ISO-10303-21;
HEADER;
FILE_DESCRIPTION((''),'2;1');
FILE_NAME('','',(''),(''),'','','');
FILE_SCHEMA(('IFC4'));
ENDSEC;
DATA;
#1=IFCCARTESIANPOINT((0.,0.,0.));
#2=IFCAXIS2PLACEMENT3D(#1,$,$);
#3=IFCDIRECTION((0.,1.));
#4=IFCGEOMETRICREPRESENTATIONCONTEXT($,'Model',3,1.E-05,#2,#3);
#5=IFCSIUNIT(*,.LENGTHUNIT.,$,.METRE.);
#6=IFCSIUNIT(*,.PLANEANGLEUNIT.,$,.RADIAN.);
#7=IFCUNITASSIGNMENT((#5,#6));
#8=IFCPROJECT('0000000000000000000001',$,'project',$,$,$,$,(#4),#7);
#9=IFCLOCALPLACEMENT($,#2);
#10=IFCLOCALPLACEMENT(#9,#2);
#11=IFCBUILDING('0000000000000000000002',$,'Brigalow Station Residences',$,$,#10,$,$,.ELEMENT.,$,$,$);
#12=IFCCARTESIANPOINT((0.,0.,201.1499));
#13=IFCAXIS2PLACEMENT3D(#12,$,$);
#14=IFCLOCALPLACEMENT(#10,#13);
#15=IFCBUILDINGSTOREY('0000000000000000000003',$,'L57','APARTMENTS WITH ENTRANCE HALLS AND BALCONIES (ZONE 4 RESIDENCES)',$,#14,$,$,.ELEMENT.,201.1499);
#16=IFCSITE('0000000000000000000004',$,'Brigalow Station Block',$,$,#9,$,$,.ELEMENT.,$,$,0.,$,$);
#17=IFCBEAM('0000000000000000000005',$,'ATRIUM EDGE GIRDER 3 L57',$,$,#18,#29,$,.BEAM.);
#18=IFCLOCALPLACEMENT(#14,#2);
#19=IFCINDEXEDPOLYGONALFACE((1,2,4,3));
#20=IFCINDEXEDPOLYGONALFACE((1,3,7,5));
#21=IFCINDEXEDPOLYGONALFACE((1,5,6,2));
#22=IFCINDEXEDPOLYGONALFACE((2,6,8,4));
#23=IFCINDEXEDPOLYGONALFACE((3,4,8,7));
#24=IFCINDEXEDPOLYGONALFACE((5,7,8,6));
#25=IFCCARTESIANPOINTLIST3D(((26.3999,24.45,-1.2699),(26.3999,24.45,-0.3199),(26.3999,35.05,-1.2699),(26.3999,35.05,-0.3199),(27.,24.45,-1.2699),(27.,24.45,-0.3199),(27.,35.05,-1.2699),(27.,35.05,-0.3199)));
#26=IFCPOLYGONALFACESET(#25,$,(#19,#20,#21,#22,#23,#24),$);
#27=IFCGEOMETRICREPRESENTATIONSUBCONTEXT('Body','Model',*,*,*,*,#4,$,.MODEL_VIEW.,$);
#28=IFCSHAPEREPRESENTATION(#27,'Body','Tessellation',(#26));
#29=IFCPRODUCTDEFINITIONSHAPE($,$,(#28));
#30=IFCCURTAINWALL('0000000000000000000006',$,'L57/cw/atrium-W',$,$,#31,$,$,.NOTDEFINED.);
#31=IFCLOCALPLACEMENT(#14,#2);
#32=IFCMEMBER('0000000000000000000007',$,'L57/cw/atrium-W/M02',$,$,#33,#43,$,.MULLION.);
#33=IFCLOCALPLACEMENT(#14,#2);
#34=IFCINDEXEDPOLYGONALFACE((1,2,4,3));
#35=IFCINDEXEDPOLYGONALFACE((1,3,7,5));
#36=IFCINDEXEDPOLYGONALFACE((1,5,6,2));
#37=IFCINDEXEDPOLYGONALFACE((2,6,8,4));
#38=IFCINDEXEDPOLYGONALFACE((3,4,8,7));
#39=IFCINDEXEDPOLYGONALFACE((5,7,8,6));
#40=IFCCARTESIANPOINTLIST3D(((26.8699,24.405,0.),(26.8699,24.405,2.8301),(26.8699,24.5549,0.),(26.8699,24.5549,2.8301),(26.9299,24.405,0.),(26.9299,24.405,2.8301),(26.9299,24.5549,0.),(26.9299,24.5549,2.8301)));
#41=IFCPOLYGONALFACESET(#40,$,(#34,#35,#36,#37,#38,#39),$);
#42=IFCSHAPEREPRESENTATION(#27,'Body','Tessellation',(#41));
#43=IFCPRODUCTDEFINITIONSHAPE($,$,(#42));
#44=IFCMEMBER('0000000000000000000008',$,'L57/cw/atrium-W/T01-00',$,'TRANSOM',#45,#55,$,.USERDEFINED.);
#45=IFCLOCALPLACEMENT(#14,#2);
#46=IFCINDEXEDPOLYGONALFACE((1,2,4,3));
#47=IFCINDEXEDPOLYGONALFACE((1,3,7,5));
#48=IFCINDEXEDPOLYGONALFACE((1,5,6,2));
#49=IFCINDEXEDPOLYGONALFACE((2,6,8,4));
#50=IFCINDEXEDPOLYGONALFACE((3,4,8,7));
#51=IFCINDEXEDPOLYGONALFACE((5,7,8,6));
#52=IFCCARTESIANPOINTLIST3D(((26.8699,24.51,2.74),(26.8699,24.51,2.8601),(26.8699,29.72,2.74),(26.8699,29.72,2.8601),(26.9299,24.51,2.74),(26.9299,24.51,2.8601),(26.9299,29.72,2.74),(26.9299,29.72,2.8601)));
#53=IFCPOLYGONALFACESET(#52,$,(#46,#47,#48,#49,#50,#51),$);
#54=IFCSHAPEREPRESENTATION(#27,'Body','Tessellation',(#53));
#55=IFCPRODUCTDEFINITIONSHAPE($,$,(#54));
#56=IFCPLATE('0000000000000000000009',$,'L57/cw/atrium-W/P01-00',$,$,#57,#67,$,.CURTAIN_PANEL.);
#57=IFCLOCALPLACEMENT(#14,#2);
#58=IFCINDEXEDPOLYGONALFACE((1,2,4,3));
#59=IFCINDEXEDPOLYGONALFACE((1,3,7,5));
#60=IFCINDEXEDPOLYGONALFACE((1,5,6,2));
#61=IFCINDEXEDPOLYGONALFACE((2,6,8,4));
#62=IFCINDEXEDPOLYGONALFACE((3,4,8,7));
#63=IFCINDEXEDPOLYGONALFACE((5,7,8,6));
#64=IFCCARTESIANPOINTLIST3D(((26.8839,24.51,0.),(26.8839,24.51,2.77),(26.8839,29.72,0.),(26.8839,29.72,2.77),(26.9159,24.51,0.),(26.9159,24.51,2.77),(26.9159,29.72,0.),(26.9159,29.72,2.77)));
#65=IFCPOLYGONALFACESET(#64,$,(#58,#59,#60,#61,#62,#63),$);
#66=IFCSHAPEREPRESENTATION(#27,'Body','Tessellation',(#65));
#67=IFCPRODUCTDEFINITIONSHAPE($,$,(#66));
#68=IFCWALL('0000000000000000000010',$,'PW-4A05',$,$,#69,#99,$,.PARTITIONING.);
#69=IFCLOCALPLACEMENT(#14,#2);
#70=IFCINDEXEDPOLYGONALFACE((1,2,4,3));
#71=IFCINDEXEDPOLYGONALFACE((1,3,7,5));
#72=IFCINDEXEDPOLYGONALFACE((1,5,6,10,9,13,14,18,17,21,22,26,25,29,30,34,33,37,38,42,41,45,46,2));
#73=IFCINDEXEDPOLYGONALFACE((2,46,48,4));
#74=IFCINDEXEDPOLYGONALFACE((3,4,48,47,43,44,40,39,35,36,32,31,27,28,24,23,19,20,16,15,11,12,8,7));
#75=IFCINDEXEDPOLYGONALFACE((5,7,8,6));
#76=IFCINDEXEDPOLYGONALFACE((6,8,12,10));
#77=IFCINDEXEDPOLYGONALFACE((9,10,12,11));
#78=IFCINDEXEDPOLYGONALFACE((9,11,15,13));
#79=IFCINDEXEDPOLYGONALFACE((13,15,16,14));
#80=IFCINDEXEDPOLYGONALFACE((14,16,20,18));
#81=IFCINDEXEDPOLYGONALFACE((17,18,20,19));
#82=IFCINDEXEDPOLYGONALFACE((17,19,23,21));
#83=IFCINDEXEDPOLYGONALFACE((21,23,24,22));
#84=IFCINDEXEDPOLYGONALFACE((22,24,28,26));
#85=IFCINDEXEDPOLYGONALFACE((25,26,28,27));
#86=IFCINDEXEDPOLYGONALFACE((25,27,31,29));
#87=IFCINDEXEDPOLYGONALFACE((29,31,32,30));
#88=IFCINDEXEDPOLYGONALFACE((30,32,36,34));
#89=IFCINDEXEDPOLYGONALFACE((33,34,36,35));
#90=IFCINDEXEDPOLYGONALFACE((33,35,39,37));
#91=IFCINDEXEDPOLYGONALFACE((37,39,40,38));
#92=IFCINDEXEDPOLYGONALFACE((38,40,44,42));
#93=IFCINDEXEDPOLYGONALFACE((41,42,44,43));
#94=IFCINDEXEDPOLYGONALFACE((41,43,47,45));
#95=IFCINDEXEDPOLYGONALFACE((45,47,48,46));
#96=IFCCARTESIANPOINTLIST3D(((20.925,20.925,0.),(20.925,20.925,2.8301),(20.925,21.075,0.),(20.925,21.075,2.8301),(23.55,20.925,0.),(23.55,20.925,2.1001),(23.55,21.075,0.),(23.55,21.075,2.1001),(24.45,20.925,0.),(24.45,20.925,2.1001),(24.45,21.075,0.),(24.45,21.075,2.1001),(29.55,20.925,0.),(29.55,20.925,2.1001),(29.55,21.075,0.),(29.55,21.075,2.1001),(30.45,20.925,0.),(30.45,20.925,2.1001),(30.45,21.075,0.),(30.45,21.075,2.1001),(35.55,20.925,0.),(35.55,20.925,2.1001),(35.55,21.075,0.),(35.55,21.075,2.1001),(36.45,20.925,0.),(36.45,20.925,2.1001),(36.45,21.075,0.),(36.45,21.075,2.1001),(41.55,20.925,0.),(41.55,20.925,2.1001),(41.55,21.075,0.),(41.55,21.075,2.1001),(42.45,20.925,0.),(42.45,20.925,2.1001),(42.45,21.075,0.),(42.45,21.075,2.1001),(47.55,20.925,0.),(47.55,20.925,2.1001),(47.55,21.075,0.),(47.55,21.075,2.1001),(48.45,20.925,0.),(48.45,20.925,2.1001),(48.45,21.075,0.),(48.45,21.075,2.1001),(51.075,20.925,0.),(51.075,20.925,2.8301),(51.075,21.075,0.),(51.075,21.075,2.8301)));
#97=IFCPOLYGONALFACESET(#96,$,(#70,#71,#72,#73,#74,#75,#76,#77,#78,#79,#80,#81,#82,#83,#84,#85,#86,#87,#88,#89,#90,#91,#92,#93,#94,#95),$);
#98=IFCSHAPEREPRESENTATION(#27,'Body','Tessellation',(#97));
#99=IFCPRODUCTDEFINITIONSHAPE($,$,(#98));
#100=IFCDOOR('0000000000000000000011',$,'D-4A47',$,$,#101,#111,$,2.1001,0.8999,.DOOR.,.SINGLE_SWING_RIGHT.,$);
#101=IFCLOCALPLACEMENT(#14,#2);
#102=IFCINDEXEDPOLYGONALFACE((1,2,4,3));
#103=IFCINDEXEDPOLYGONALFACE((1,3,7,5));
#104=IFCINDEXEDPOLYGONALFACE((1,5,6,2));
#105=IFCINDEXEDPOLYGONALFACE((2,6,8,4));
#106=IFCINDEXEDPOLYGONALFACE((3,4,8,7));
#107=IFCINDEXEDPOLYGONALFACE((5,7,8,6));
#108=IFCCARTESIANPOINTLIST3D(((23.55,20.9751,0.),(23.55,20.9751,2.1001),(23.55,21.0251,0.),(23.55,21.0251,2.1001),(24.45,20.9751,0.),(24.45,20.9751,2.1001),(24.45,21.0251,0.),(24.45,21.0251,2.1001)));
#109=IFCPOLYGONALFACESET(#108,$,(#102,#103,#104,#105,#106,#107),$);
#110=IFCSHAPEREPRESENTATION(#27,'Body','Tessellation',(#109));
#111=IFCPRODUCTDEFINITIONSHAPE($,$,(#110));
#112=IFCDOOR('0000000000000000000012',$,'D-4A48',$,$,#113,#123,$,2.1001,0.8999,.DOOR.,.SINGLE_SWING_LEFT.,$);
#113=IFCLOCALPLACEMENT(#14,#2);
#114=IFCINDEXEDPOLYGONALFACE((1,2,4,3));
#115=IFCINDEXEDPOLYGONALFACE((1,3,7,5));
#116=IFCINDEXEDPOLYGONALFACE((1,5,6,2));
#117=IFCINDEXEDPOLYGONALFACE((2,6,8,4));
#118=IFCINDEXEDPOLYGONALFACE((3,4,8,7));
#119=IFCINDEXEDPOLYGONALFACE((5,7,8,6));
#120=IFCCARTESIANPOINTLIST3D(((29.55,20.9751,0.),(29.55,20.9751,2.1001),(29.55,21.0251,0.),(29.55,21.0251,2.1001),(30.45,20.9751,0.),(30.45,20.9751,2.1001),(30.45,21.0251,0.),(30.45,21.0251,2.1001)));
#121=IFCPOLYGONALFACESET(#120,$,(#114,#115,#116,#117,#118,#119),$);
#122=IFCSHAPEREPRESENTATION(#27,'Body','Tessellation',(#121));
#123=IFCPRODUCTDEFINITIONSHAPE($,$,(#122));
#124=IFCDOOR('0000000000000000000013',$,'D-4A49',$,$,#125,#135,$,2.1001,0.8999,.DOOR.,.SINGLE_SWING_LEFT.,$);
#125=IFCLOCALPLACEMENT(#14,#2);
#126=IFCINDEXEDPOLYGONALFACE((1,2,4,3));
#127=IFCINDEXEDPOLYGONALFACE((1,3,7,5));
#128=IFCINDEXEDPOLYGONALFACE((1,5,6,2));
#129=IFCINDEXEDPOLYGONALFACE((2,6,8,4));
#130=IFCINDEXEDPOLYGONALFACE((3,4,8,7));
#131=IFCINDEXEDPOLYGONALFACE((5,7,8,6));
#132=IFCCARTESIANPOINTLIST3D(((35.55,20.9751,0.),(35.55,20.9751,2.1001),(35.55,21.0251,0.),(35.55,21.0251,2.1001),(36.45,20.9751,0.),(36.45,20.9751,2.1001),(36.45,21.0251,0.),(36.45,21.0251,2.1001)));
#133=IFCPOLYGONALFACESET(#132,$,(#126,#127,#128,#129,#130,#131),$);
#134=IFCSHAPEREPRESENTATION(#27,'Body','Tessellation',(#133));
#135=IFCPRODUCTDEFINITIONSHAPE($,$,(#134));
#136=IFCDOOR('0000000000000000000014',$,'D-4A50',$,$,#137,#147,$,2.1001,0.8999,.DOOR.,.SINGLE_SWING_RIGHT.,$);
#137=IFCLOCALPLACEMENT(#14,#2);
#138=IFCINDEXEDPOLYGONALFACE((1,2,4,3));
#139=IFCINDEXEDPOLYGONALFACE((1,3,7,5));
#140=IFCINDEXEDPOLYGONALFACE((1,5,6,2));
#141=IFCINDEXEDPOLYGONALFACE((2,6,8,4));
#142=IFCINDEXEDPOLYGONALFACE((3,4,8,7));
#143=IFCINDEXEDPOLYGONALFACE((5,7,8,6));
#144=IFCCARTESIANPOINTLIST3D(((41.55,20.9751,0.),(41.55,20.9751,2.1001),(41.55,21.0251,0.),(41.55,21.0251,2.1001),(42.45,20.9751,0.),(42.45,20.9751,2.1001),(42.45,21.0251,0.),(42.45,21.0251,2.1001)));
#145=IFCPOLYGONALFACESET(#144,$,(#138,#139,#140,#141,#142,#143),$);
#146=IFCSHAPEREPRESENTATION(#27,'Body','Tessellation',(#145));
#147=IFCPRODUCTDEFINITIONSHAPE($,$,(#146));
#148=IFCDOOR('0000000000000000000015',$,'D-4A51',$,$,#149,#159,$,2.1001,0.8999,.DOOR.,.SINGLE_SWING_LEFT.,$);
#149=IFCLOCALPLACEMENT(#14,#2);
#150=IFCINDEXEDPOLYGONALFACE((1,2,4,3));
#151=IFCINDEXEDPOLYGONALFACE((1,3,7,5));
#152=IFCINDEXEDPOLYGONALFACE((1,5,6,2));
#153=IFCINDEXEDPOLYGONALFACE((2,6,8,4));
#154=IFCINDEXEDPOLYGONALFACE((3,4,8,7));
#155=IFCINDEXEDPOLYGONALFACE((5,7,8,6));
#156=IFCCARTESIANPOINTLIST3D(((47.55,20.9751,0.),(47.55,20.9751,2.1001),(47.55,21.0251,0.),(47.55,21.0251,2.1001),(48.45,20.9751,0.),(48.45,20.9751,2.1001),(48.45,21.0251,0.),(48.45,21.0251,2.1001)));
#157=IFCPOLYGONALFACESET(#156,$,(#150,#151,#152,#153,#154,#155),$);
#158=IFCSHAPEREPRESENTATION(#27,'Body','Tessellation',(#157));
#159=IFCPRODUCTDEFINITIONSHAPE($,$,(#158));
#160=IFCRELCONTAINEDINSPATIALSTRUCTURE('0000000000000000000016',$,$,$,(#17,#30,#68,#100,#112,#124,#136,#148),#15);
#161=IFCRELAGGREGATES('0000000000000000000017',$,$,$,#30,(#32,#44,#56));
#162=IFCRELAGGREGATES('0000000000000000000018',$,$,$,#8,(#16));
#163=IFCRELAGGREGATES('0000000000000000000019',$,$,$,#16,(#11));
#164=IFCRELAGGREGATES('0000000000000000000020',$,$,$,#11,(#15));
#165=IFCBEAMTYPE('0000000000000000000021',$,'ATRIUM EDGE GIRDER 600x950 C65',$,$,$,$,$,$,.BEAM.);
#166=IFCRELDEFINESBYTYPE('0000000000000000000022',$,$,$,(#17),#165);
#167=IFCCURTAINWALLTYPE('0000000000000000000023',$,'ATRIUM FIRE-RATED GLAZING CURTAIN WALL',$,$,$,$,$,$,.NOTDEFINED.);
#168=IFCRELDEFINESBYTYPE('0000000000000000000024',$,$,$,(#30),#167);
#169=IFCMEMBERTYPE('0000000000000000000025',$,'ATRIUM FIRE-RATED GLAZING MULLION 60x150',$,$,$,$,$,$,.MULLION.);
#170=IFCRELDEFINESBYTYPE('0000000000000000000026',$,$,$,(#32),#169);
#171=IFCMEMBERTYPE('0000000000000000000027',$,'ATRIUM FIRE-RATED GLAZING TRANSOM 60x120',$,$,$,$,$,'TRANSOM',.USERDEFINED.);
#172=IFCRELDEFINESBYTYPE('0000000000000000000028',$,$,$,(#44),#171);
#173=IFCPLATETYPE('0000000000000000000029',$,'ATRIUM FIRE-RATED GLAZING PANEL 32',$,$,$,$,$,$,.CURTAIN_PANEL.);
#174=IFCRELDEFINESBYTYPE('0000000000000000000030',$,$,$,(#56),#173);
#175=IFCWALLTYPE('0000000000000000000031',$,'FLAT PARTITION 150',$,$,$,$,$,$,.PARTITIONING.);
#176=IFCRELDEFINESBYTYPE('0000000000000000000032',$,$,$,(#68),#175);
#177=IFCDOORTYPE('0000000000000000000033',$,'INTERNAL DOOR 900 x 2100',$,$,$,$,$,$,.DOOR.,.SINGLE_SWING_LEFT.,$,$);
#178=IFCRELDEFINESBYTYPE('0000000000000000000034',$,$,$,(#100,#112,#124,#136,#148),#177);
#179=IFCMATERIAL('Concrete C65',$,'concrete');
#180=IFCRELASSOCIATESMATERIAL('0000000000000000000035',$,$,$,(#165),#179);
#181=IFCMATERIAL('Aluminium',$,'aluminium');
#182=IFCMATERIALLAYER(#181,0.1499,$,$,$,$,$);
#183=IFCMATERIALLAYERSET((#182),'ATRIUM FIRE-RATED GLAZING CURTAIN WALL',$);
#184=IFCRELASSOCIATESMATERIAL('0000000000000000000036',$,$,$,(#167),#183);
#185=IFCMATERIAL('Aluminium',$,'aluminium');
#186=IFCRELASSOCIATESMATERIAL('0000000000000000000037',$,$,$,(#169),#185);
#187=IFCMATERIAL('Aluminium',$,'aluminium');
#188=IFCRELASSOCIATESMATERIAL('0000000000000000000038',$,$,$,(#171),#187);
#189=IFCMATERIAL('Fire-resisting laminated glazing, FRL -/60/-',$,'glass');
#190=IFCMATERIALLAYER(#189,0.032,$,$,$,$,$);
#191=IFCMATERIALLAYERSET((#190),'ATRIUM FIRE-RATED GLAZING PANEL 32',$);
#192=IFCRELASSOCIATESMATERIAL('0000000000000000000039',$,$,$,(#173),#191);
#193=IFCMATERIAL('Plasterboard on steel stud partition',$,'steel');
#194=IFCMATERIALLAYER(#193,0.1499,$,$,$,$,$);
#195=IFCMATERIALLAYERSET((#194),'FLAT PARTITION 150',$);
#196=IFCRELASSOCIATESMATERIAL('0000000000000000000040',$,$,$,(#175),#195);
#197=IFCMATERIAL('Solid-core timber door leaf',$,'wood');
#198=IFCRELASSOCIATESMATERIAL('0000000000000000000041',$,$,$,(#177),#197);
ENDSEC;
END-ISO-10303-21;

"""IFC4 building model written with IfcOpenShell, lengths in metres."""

from ifc_helpers import new_model, si_unit, direction, frame, frame_2d, origin, origin_2d, place, context, subcontext, project, spatial, rectangle, extrude, material, layer, layer_set, material_profile, profile_set, type_object, element, fill, aggregate, save


model = new_model("IFC4")

# Units and contexts
model_context = context("Model", 3, precision=1e-05, world=origin(), true_north=direction((0.0, 1.0)))
body_context = subcontext(model_context, "Body", "Model", "MODEL_VIEW")
ifc_project = project(units=[si_unit("LENGTHUNIT", "METRE"), si_unit("PLANEANGLEUNIT", "RADIAN")], contexts=[model_context])

# Site, building, storey
site_placement = place(None, origin())
site = spatial("IfcSite", under=ifc_project, at=site_placement, Name="Brigalow Station Block", CompositionType="ELEMENT", RefElevation=0.0)
building_placement = place(site_placement, origin())
building = spatial("IfcBuilding", under=site, at=building_placement, Name="Brigalow Station Residences", CompositionType="ELEMENT")
storey_placement = place(building_placement, frame((0.0, 0.0, 201.1499)))
storey = spatial("IfcBuildingStorey", under=building, at=storey_placement, Name="L57", Description="APARTMENTS WITH ENTRANCE HALLS AND BALCONIES (ZONE 4 RESIDENCES)", CompositionType="ELEMENT", Elevation=201.1499)

# Beam
ifc_material_1 = material(Name="Concrete C65", Category="concrete")
ifc_material_profile_1 = material_profile(ifc_material_1, rectangle(XDim=0.6001, YDim=0.95, at=origin_2d()), Name="RC600x950")
ifc_profile_set_1 = profile_set([ifc_material_profile_1], Name="Concrete C65")
beam_type = type_object("IfcBeamType", Name="ATRIUM EDGE GIRDER 600x950 C65", PredefinedType="BEAM", material=ifc_profile_set_1)
beam_placement = place(storey_placement, frame((26.7, 24.45, -0.7949), z_axis=(0.0, 1.0, 0.0), x_axis=(-1.0, 0.0, 0.0)))
element("IfcBeam", 1, at=beam_placement, inside=storey, type_object=beam_type, Name="ATRIUM EDGE GIRDER 3 L57", PredefinedType="BEAM", context=body_context, shape_type="SweptSolid", body=[
    extrude(rectangle(XDim=0.6001, YDim=0.95, at=origin_2d()), origin(), (0.0, 0.0, 1.0), 10.6001),
])

# Curtain wall, members, plate
ifc_material_2 = material(Name="Aluminium", Category="aluminium")
ifc_layer_1 = layer(ifc_material_2, 0.1499)
ifc_layer_set_1 = layer_set([ifc_layer_1], Name="ATRIUM FIRE-RATED GLAZING CURTAIN WALL")
curtain_wall_type = type_object("IfcCurtainWallType", Name="ATRIUM FIRE-RATED GLAZING CURTAIN WALL", PredefinedType="NOTDEFINED", material=ifc_layer_set_1)
curtain_wall_placement = place(storey_placement, origin())
curtain_wall = element("IfcCurtainWall", 2, at=curtain_wall_placement, inside=storey, type_object=curtain_wall_type, Name="L57/cw/atrium-W", PredefinedType="NOTDEFINED")
ifc_material_3 = material(Name="Aluminium", Category="aluminium")
ifc_material_profile_2 = material_profile(ifc_material_3, rectangle(XDim=0.0601, YDim=0.1499, at=origin_2d()), Name="ATRIUM FIRE-RATED GLAZING MULLION 60x150")
ifc_profile_set_2 = profile_set([ifc_material_profile_2], Name="Aluminium")
member_type_1 = type_object("IfcMemberType", Name="ATRIUM FIRE-RATED GLAZING MULLION 60x150", PredefinedType="MULLION", material=ifc_profile_set_2)
member_1_placement = place(storey_placement, frame((26.8999, 24.48, 0.0), z_axis=(0.0, 0.0, 1.0), x_axis=(1.0, 0.0, 0.0)))
member_1 = element("IfcMember", 3, at=member_1_placement, type_object=member_type_1, Name="L57/cw/atrium-W/M02", PredefinedType="MULLION", context=body_context, shape_type="SweptSolid", body=[
    extrude(rectangle(XDim=0.0601, YDim=0.1499, at=origin_2d()), origin(), (0.0, 0.0, 1.0), 2.8301),
])
ifc_material_4 = material(Name="Aluminium", Category="aluminium")
ifc_material_profile_3 = material_profile(ifc_material_4, rectangle(XDim=0.0601, YDim=0.1201, at=origin_2d()), Name="ATRIUM FIRE-RATED GLAZING TRANSOM 60x120")
ifc_profile_set_3 = profile_set([ifc_material_profile_3], Name="Aluminium")
member_type_2 = type_object("IfcMemberType", Name="ATRIUM FIRE-RATED GLAZING TRANSOM 60x120", ElementType="TRANSOM", PredefinedType="USERDEFINED", material=ifc_profile_set_3)
member_2_placement = place(storey_placement, frame((26.8999, 29.72, 2.8), z_axis=(0.0, -1.0, 0.0), x_axis=(1.0, 0.0, 0.0)))
member_2 = element("IfcMember", 4, at=member_2_placement, type_object=member_type_2, Name="L57/cw/atrium-W/T01-00", ObjectType="TRANSOM", PredefinedType="USERDEFINED", context=body_context, shape_type="SweptSolid", body=[
    extrude(rectangle(XDim=0.0601, YDim=0.1201, at=origin_2d()), origin(), (0.0, 0.0, 1.0), 5.21),
])
ifc_material_5 = material(Name="Fire-resisting laminated glazing, FRL -/60/-", Category="glass")
ifc_layer_2 = layer(ifc_material_5, 0.032)
ifc_layer_set_2 = layer_set([ifc_layer_2], Name="ATRIUM FIRE-RATED GLAZING PANEL 32")
plate_type = type_object("IfcPlateType", Name="ATRIUM FIRE-RATED GLAZING PANEL 32", PredefinedType="CURTAIN_PANEL", material=ifc_layer_set_2)
plate_placement = place(storey_placement, frame((26.8999, 27.115, 0.0), z_axis=(0.0, 0.0, 1.0), x_axis=(0.0, -1.0, 0.0)))
plate = element("IfcPlate", 5, at=plate_placement, type_object=plate_type, Name="L57/cw/atrium-W/P01-00", PredefinedType="CURTAIN_PANEL", context=body_context, shape_type="SweptSolid", body=[
    extrude(rectangle(XDim=5.21, YDim=0.032, at=origin_2d()), origin(), (0.0, 0.0, 1.0), 2.77),
])
aggregate(curtain_wall, [member_1, member_2, plate])

# Wall, openings, doors
ifc_material_6 = material(Name="Plasterboard on steel stud partition", Category="steel")
ifc_layer_3 = layer(ifc_material_6, 0.1499)
ifc_layer_set_3 = layer_set([ifc_layer_3], Name="FLAT PARTITION 150")
wall_type_1 = type_object("IfcWallType", Name="FLAT PARTITION 150", PredefinedType="PARTITIONING", material=ifc_layer_set_3)
wall_1_placement = place(storey_placement, frame((20.925, 21.0, 0.0), z_axis=(0.0, 0.0, 1.0), x_axis=(1.0, 0.0, 0.0)))
wall_1 = element("IfcWall", 6, at=wall_1_placement, inside=storey, type_object=wall_type_1, Name="PW-4A05", PredefinedType="PARTITIONING", context=body_context, shape_type="SweptSolid", body=[
    extrude(rectangle(XDim=30.1499, YDim=0.1499, at=frame_2d((15.075, 0.0))), origin(), (0.0, 0.0, 1.0), 2.8301),
])
opening_1_placement = place(wall_1_placement, frame((2.625, 0.0, 0.0)))
opening_1 = element("IfcOpeningElement", 7, at=opening_1_placement, cuts=wall_1, PredefinedType="OPENING", context=body_context, shape_type="SweptSolid", body=[
    extrude(rectangle(XDim=0.8999, YDim=2.1001, at=frame_2d((0.45, 1.05))), frame((0.0, 0.085, 0.0), z_axis=(0.0, -1.0, 0.0), x_axis=(1.0, 0.0, 0.0)), (0.0, 0.0, 1.0), 0.1699),
])
opening_2_placement = place(wall_1_placement, frame((8.625, 0.0, 0.0)))
opening_2 = element("IfcOpeningElement", 8, at=opening_2_placement, cuts=wall_1, PredefinedType="OPENING", context=body_context, shape_type="SweptSolid", body=[
    extrude(rectangle(XDim=0.8999, YDim=2.1001, at=frame_2d((0.45, 1.05))), frame((0.0, 0.085, 0.0), z_axis=(0.0, -1.0, 0.0), x_axis=(1.0, 0.0, 0.0)), (0.0, 0.0, 1.0), 0.1699),
])
opening_3_placement = place(wall_1_placement, frame((14.625, 0.0, 0.0)))
opening_3 = element("IfcOpeningElement", 9, at=opening_3_placement, cuts=wall_1, PredefinedType="OPENING", context=body_context, shape_type="SweptSolid", body=[
    extrude(rectangle(XDim=0.8999, YDim=2.1001, at=frame_2d((0.45, 1.05))), frame((0.0, 0.085, 0.0), z_axis=(0.0, -1.0, 0.0), x_axis=(1.0, 0.0, 0.0)), (0.0, 0.0, 1.0), 0.1699),
])
opening_4_placement = place(wall_1_placement, frame((20.625, 0.0, 0.0)))
opening_4 = element("IfcOpeningElement", 10, at=opening_4_placement, cuts=wall_1, PredefinedType="OPENING", context=body_context, shape_type="SweptSolid", body=[
    extrude(rectangle(XDim=0.8999, YDim=2.1001, at=frame_2d((0.45, 1.05))), frame((0.0, 0.085, 0.0), z_axis=(0.0, -1.0, 0.0), x_axis=(1.0, 0.0, 0.0)), (0.0, 0.0, 1.0), 0.1699),
])
opening_5_placement = place(wall_1_placement, frame((26.625, 0.0, 0.0)))
opening_5 = element("IfcOpeningElement", 11, at=opening_5_placement, cuts=wall_1, PredefinedType="OPENING", context=body_context, shape_type="SweptSolid", body=[
    extrude(rectangle(XDim=0.8999, YDim=2.1001, at=frame_2d((0.45, 1.05))), frame((0.0, 0.085, 0.0), z_axis=(0.0, -1.0, 0.0), x_axis=(1.0, 0.0, 0.0)), (0.0, 0.0, 1.0), 0.1699),
])
ifc_material_7 = material(Name="Solid-core timber door leaf", Category="wood")
door_type_1 = type_object("IfcDoorType", Name="INTERNAL DOOR 900 x 2100", OperationType="SINGLE_SWING_LEFT", PredefinedType="DOOR", material=ifc_material_7)
door_1_placement = place(opening_1_placement, frame((0.8999, 0.0, 0.0), z_axis=(0.0, 0.0, 1.0), x_axis=(-1.0, 0.0, 0.0)))
door_1 = element("IfcDoor", 12, at=door_1_placement, inside=storey, type_object=door_type_1, Name="D-4A47", OperationType="SINGLE_SWING_RIGHT", OverallHeight=2.1001, OverallWidth=0.8999, PredefinedType="DOOR", context=body_context, shape_type="SweptSolid", body=[
    extrude(rectangle(XDim=0.8999, YDim=2.1001, at=frame_2d((0.45, 1.05))), frame((0.0, 0.0249, 0.0), z_axis=(0.0, -1.0, 0.0), x_axis=(1.0, 0.0, 0.0)), (0.0, 0.0, 1.0), 0.05),
])
fill(opening_1, door_1)
door_2_placement = place(opening_2_placement, frame((0.8999, 0.0, 0.0), z_axis=(0.0, 0.0, 1.0), x_axis=(-1.0, 0.0, 0.0)))
door_2 = element("IfcDoor", 13, at=door_2_placement, inside=storey, type_object=door_type_1, Name="D-4A48", OperationType="SINGLE_SWING_LEFT", OverallHeight=2.1001, OverallWidth=0.8999, PredefinedType="DOOR", context=body_context, shape_type="SweptSolid", body=[
    extrude(rectangle(XDim=0.8999, YDim=2.1001, at=frame_2d((0.45, 1.05))), frame((0.0, 0.0249, 0.0), z_axis=(0.0, -1.0, 0.0), x_axis=(1.0, 0.0, 0.0)), (0.0, 0.0, 1.0), 0.05),
])
fill(opening_2, door_2)
door_3_placement = place(opening_3_placement, frame((0.8999, 0.0, 0.0), z_axis=(0.0, 0.0, 1.0), x_axis=(-1.0, 0.0, 0.0)))
door_3 = element("IfcDoor", 14, at=door_3_placement, inside=storey, type_object=door_type_1, Name="D-4A49", OperationType="SINGLE_SWING_LEFT", OverallHeight=2.1001, OverallWidth=0.8999, PredefinedType="DOOR", context=body_context, shape_type="SweptSolid", body=[
    extrude(rectangle(XDim=0.8999, YDim=2.1001, at=frame_2d((0.45, 1.05))), frame((0.0, 0.0249, 0.0), z_axis=(0.0, -1.0, 0.0), x_axis=(1.0, 0.0, 0.0)), (0.0, 0.0, 1.0), 0.05),
])
fill(opening_3, door_3)
door_4_placement = place(opening_4_placement, frame((0.8999, 0.0, 0.0), z_axis=(0.0, 0.0, 1.0), x_axis=(-1.0, 0.0, 0.0)))
door_4 = element("IfcDoor", 15, at=door_4_placement, inside=storey, type_object=door_type_1, Name="D-4A50", OperationType="SINGLE_SWING_RIGHT", OverallHeight=2.1001, OverallWidth=0.8999, PredefinedType="DOOR", context=body_context, shape_type="SweptSolid", body=[
    extrude(rectangle(XDim=0.8999, YDim=2.1001, at=frame_2d((0.45, 1.05))), frame((0.0, 0.0249, 0.0), z_axis=(0.0, -1.0, 0.0), x_axis=(1.0, 0.0, 0.0)), (0.0, 0.0, 1.0), 0.05),
])
fill(opening_4, door_4)
door_5_placement = place(opening_5_placement, frame((0.8999, 0.0, 0.0), z_axis=(0.0, 0.0, 1.0), x_axis=(-1.0, 0.0, 0.0)))
door_5 = element("IfcDoor", 16, at=door_5_placement, inside=storey, type_object=door_type_1, Name="D-4A51", OperationType="SINGLE_SWING_LEFT", OverallHeight=2.1001, OverallWidth=0.8999, PredefinedType="DOOR", context=body_context, shape_type="SweptSolid", body=[
    extrude(rectangle(XDim=0.8999, YDim=2.1001, at=frame_2d((0.45, 1.05))), frame((0.0, 0.0249, 0.0), z_axis=(0.0, -1.0, 0.0), x_axis=(1.0, 0.0, 0.0)), (0.0, 0.0, 1.0), 0.05),
])
fill(opening_5, door_5)

save(model, "model.ifc")
